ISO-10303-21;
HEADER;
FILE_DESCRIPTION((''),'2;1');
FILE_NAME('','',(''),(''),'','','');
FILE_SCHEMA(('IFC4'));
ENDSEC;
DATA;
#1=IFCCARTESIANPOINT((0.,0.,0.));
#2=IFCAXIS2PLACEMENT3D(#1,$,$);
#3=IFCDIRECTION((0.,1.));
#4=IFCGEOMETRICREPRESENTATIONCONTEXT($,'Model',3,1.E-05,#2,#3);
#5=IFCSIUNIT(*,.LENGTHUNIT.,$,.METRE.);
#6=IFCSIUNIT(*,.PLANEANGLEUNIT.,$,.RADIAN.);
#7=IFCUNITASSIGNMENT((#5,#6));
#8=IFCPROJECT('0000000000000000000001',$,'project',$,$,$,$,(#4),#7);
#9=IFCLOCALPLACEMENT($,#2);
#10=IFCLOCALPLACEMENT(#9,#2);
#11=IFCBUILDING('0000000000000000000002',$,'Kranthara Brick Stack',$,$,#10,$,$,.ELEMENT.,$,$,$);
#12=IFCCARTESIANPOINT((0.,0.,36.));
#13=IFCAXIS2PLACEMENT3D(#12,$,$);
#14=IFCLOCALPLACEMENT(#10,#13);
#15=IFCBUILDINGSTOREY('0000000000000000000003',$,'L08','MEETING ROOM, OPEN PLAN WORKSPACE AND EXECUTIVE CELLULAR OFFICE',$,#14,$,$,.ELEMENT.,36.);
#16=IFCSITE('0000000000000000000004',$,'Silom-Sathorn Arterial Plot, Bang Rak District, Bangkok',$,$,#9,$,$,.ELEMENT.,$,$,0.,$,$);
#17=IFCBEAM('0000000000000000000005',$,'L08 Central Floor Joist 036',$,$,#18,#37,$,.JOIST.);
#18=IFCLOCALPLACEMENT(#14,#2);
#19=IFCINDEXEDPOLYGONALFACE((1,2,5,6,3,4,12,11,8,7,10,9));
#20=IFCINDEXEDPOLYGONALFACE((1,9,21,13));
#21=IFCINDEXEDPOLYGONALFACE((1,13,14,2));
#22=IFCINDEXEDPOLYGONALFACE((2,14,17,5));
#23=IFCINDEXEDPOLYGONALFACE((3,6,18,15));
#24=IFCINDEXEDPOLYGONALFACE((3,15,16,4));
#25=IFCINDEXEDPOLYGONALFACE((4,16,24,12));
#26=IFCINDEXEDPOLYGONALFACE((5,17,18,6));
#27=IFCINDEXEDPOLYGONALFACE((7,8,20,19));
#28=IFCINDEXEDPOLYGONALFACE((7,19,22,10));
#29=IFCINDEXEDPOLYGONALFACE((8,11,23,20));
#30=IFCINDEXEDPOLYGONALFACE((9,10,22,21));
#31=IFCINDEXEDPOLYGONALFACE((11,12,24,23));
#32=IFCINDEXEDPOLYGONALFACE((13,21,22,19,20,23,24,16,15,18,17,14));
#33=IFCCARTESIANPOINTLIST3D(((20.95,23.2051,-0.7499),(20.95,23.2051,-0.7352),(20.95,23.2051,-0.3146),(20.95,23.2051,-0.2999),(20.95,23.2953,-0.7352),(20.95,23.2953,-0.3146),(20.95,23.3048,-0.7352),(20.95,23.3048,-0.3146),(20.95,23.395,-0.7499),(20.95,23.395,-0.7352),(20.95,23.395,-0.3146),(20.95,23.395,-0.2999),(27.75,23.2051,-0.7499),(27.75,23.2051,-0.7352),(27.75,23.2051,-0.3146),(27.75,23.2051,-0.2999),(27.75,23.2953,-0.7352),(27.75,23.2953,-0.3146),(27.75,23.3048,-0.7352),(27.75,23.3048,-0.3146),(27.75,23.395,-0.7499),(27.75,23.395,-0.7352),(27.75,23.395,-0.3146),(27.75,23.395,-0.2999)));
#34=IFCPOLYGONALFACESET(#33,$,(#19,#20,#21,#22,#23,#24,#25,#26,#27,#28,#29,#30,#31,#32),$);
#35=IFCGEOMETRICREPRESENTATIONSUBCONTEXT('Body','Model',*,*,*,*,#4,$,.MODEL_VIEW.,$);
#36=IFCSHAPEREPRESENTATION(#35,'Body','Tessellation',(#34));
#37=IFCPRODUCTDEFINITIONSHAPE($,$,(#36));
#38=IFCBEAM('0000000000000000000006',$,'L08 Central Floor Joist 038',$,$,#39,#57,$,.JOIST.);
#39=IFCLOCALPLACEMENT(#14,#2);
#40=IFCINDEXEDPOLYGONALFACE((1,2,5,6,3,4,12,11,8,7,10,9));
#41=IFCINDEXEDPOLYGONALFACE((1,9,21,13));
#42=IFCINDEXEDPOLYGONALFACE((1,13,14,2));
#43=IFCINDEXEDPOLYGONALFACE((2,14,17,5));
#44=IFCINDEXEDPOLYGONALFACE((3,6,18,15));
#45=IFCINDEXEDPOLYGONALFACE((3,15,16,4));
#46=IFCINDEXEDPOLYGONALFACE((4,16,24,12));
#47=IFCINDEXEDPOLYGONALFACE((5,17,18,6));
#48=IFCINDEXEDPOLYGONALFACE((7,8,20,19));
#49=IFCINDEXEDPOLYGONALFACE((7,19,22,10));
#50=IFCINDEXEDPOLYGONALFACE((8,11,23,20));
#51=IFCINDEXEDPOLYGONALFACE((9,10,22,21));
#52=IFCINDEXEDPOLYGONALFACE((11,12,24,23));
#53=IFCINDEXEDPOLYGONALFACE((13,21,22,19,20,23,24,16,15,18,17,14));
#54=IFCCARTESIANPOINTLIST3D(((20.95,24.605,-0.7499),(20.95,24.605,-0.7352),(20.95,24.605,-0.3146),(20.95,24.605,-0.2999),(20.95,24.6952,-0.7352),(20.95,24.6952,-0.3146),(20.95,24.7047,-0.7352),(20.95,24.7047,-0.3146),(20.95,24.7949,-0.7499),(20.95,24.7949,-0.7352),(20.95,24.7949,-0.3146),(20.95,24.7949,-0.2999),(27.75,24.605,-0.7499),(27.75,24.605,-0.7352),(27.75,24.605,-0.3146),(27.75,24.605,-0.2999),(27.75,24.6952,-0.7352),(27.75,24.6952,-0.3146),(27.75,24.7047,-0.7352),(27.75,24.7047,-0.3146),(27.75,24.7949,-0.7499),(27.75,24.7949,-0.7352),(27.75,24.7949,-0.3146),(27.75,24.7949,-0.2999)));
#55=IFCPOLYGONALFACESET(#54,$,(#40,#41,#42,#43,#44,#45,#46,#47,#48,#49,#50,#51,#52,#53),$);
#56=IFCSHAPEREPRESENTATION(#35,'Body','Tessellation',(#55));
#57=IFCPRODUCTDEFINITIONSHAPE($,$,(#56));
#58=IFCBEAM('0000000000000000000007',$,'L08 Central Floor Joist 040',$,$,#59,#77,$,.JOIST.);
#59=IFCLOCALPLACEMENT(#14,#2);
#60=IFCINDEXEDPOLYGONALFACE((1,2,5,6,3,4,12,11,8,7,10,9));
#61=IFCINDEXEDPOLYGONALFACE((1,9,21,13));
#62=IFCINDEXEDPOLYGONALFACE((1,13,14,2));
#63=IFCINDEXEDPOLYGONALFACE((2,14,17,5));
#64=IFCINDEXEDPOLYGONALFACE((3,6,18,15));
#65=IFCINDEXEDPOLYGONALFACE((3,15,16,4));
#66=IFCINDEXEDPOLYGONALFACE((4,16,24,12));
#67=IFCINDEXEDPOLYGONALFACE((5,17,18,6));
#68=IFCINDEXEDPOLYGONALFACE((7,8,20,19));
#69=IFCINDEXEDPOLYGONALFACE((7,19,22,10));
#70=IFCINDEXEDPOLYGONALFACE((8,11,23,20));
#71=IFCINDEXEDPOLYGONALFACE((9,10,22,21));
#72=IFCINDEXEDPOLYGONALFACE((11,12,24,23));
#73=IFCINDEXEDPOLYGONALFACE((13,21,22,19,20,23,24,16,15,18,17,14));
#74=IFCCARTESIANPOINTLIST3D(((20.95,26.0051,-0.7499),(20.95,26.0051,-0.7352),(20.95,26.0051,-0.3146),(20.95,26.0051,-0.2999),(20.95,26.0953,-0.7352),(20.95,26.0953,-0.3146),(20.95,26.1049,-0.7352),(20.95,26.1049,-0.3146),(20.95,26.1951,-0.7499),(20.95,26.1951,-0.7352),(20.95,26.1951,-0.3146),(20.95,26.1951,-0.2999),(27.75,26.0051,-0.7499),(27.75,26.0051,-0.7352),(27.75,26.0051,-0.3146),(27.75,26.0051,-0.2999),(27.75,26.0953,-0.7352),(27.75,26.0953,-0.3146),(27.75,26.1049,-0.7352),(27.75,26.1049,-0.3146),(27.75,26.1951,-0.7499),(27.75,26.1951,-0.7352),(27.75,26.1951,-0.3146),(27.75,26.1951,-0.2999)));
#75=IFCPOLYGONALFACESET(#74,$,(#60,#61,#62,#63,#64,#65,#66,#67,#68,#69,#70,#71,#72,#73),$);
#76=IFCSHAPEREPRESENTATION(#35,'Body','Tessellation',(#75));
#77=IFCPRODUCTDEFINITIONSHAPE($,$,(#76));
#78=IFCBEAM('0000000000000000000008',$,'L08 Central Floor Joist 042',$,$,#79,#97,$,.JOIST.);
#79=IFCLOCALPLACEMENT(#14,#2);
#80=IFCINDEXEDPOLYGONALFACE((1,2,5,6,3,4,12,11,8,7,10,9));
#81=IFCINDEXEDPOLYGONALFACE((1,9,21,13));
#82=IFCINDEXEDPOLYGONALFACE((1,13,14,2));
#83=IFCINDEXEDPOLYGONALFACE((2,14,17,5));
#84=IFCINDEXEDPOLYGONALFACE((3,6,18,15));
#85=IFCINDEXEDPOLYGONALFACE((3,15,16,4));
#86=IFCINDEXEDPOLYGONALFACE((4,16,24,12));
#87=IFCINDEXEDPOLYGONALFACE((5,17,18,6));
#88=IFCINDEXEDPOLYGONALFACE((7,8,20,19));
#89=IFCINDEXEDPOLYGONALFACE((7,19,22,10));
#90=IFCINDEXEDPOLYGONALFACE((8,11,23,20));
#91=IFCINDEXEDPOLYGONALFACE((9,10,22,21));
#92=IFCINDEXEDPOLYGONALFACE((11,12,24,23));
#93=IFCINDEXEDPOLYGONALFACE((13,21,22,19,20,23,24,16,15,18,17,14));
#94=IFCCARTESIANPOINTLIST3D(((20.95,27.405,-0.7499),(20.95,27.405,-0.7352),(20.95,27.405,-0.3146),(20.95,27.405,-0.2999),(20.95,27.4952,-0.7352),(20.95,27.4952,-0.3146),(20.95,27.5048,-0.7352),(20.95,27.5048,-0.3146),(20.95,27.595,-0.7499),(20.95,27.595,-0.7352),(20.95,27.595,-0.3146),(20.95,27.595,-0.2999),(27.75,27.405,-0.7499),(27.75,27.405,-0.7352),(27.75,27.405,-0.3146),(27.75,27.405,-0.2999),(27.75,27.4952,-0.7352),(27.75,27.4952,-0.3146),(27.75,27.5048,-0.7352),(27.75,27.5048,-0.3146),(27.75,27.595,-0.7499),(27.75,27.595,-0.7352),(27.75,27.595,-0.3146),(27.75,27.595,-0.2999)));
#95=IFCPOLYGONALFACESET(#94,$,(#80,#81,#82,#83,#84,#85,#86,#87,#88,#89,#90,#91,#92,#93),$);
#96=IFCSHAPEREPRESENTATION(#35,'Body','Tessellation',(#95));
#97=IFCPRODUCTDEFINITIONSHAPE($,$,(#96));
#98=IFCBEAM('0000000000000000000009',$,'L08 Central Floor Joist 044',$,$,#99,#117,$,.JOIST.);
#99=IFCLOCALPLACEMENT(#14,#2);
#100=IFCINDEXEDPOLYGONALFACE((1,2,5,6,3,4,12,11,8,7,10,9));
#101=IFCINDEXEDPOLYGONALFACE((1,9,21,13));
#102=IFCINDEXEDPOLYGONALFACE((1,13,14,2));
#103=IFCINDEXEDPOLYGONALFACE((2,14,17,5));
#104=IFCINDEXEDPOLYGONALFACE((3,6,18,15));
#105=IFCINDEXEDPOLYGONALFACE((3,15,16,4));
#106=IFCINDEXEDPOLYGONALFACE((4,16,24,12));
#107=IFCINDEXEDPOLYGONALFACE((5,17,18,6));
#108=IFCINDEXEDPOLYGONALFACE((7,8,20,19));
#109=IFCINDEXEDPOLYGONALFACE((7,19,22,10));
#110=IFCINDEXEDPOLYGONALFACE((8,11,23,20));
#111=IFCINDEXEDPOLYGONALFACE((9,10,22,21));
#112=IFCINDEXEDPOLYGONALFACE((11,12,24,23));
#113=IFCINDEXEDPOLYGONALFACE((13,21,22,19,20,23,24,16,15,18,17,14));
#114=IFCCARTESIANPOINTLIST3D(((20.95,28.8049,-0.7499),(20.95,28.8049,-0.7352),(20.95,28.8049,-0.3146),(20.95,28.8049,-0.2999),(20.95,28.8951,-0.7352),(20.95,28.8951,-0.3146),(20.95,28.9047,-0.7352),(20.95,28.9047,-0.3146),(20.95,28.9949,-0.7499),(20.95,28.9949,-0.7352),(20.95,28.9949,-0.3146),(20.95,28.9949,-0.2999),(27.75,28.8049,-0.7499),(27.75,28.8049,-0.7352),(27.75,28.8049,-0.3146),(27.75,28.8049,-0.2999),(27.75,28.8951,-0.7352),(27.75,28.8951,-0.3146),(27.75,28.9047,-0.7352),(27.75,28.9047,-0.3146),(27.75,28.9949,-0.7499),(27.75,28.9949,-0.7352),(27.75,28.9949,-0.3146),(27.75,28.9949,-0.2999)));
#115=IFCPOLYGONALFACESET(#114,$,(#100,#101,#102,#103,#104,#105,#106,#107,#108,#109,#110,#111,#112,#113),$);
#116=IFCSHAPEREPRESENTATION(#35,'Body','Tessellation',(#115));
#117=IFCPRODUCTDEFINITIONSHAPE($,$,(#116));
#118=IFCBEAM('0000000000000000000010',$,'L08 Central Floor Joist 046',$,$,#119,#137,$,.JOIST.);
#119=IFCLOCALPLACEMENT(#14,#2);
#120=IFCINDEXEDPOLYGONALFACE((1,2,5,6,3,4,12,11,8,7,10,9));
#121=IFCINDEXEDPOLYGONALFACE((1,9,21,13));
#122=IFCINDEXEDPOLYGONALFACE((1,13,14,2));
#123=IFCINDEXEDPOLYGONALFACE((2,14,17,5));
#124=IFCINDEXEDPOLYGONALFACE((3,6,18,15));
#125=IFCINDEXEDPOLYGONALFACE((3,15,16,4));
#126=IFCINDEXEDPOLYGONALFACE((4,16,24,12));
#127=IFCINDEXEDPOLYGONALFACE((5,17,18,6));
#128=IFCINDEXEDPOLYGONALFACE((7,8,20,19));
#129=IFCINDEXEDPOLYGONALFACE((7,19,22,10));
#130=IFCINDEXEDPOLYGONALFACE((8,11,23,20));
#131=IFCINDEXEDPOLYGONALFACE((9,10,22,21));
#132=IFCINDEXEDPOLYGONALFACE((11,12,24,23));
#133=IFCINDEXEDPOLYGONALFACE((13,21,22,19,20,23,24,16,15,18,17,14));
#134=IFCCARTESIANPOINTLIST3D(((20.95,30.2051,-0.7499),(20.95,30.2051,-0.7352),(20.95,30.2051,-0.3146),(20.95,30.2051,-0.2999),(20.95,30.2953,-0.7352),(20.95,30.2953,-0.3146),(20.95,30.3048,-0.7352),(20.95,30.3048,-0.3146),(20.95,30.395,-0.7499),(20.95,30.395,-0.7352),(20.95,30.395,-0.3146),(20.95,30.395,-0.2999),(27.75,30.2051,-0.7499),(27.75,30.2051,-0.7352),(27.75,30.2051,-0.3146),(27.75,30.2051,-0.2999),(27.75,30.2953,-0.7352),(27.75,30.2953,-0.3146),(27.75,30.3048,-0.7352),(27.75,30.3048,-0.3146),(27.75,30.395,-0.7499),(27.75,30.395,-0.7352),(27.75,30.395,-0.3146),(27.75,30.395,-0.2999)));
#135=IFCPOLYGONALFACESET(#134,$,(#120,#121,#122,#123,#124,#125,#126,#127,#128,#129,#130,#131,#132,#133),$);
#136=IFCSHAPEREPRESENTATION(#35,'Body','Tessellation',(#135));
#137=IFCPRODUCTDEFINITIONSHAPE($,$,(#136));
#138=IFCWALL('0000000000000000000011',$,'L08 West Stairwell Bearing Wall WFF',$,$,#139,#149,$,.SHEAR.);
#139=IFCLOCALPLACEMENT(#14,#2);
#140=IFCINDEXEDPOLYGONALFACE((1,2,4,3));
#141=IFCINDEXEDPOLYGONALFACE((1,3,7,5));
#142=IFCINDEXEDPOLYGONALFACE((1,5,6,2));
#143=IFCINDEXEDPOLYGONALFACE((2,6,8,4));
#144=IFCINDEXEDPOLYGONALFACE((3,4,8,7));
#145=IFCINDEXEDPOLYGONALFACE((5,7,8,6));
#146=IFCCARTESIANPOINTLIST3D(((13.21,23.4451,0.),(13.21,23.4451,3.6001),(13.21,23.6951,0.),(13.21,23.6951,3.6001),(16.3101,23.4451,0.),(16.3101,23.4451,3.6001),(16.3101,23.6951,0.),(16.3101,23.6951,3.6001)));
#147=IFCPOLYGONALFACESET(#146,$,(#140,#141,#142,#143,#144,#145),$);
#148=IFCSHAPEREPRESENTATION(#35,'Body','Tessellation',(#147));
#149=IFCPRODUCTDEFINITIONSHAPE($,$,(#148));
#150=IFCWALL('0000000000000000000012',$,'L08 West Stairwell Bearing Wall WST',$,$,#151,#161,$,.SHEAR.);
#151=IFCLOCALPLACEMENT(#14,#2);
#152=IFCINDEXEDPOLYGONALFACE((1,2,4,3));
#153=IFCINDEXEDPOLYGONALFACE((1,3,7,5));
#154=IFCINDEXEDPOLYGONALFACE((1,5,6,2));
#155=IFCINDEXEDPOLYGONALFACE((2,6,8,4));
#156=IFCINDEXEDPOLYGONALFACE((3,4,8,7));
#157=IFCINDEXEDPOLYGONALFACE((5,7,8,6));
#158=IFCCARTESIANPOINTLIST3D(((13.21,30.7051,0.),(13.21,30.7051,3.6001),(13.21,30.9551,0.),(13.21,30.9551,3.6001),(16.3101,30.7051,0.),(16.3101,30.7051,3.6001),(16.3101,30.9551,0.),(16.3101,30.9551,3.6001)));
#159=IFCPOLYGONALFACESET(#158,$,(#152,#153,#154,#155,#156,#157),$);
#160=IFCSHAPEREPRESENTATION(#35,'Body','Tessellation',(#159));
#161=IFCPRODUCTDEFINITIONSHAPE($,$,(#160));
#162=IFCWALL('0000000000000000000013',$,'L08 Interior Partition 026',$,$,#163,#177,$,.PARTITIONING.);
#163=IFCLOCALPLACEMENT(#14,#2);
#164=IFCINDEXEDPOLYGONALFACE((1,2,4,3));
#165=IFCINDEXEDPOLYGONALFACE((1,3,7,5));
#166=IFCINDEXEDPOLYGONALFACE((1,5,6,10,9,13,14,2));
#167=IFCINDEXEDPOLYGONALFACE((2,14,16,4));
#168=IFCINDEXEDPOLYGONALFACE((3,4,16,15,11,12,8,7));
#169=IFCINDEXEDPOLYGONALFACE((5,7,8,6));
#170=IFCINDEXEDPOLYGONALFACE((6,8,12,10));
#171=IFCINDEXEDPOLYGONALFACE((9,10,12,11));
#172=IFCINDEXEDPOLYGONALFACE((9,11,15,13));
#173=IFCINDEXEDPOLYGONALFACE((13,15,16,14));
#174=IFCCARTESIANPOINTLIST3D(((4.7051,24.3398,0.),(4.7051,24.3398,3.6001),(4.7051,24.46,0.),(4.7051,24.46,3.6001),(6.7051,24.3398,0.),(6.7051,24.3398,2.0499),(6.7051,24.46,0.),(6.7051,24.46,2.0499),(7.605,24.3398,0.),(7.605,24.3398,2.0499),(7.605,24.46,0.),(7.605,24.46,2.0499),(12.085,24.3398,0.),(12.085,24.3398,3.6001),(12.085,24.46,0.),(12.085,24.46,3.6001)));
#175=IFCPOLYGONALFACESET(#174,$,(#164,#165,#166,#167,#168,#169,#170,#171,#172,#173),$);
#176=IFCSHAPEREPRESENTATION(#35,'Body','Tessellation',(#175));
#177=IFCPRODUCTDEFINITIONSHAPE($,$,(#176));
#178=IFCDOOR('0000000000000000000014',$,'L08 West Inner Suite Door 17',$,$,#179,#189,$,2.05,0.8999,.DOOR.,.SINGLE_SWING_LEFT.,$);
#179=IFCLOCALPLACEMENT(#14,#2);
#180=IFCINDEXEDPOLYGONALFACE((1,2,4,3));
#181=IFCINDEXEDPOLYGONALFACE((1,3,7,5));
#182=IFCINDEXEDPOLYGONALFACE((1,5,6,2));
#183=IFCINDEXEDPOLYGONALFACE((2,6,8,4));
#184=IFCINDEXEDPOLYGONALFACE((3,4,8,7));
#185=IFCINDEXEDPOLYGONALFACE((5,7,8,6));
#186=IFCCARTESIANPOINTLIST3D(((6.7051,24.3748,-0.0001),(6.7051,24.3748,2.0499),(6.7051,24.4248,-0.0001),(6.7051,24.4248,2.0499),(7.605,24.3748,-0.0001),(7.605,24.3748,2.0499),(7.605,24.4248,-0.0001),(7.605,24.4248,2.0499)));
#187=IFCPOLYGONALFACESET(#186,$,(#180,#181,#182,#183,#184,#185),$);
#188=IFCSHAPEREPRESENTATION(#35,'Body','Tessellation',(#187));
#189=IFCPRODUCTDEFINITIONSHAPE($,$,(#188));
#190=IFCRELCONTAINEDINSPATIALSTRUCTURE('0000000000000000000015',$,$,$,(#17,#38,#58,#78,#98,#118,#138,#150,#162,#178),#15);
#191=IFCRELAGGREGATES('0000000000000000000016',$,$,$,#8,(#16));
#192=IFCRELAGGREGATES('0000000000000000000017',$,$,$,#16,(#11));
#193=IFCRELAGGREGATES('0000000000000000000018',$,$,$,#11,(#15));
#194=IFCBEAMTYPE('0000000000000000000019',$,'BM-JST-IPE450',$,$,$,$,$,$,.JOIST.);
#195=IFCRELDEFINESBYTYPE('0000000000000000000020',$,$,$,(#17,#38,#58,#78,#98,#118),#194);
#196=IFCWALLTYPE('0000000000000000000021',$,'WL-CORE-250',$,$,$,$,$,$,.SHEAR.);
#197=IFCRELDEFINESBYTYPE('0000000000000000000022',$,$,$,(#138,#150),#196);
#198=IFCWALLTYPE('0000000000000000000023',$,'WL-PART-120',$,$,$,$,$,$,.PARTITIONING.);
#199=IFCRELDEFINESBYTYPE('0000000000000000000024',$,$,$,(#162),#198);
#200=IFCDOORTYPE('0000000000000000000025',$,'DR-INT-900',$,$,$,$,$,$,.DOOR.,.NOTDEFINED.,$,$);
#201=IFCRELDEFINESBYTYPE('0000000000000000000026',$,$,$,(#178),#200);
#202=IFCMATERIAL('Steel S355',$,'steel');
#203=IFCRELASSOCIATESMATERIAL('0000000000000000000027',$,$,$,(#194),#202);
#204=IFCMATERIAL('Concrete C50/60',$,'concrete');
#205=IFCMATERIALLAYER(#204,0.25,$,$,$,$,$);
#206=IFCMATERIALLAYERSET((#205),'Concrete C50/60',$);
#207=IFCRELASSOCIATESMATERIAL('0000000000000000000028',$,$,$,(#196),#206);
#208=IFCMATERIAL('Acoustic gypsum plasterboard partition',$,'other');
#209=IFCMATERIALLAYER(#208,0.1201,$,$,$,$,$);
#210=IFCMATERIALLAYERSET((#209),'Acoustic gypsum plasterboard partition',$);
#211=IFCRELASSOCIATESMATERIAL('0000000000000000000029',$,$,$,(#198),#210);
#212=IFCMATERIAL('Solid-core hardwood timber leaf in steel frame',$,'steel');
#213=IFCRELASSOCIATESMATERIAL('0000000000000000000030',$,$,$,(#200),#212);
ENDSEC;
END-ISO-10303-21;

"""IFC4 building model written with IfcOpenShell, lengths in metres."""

from ifc_helpers import new_model, si_unit, direction, frame, frame_2d, origin, origin_2d, place, context, subcontext, project, spatial, rectangle, i_section, extrude, material, layer, layer_set, material_profile, profile_set, type_object, element, fill, save


model = new_model("IFC4")

# Units and contexts
model_context = context("Model", 3, precision=1e-05, world=origin(), true_north=direction((0.0, 1.0)))
body_context = subcontext(model_context, "Body", "Model", "MODEL_VIEW")
ifc_project = project(units=[si_unit("LENGTHUNIT", "METRE"), si_unit("PLANEANGLEUNIT", "RADIAN")], contexts=[model_context])

# Site, building, storey
site_placement = place(None, origin())
site = spatial("IfcSite", under=ifc_project, at=site_placement, Name="Silom-Sathorn Arterial Plot, Bang Rak District, Bangkok", CompositionType="ELEMENT", RefElevation=0.0)
building_placement = place(site_placement, origin())
building = spatial("IfcBuilding", under=site, at=building_placement, Name="Kranthara Brick Stack", CompositionType="ELEMENT")
storey_placement = place(building_placement, frame((0.0, 0.0, 36.0)))
storey = spatial("IfcBuildingStorey", under=building, at=storey_placement, Name="L08", Description="MEETING ROOM, OPEN PLAN WORKSPACE AND EXECUTIVE CELLULAR OFFICE", CompositionType="ELEMENT", Elevation=36.0)

# Beams
ifc_material_1 = material(Name="Steel S355", Category="steel")
ifc_material_profile = material_profile(ifc_material_1, i_section(OverallWidth=0.1899, OverallDepth=0.45, WebThickness=0.0095, FlangeThickness=0.0146, at=origin_2d()), Name="IPE 450")
ifc_profile_set = profile_set([ifc_material_profile], Name="Steel S355")
beam_type = type_object("IfcBeamType", Name="BM-JST-IPE450", PredefinedType="JOIST", material=ifc_profile_set)
for number, where, z_axis, x_axis, name in (
    (1, (20.95, 23.3, -0.5249), (1.0, 0.0, 0.0), (0.0, 1.0, 0.0), "L08 Central Floor Joist 036"),
    (2, (20.95, 24.7, -0.5249), (1.0, 0.0, 0.0), (0.0, 1.0, 0.0), "L08 Central Floor Joist 038"),
    (3, (20.95, 26.1001, -0.5249), (1.0, 0.0, 0.0), (0.0, 1.0, 0.0), "L08 Central Floor Joist 040"),
    (4, (20.95, 27.5, -0.5249), (1.0, 0.0, 0.0), (0.0, 1.0, 0.0), "L08 Central Floor Joist 042"),
    (5, (20.95, 28.8999, -0.5249), (1.0, 0.0, 0.0), (0.0, 1.0, 0.0), "L08 Central Floor Joist 044"),
    (6, (20.95, 30.3, -0.5249), (1.0, 0.0, 0.0), (0.0, 1.0, 0.0), "L08 Central Floor Joist 046"),
):
    element("IfcBeam", number, at=place(storey_placement, frame(where, z_axis=z_axis, x_axis=x_axis)), inside=storey, type_object=beam_type, Name=name, PredefinedType="JOIST", context=body_context, shape_type="SweptSolid", body=[
        extrude(i_section(OverallWidth=0.1899, OverallDepth=0.45, WebThickness=0.0095, FlangeThickness=0.0146, at=origin_2d()), origin(), (0.0, 0.0, 1.0), 6.8),
    ])

# Walls
ifc_material_2 = material(Name="Concrete C50/60", Category="concrete")
ifc_layer_1 = layer(ifc_material_2, 0.25)
ifc_layer_set_1 = layer_set([ifc_layer_1], Name="Concrete C50/60")
wall_type_1 = type_object("IfcWallType", Name="WL-CORE-250", PredefinedType="SHEAR", material=ifc_layer_set_1)
for number, where, z_axis, x_axis, name in (
    (7, (13.21, 23.5701, 0.0), (0.0, 0.0, 1.0), (1.0, 0.0, 0.0), "L08 West Stairwell Bearing Wall WFF"),
    (8, (13.21, 30.8301, 0.0), (0.0, 0.0, 1.0), (1.0, 0.0, 0.0), "L08 West Stairwell Bearing Wall WST"),
):
    element("IfcWall", number, at=place(storey_placement, frame(where, z_axis=z_axis, x_axis=x_axis)), inside=storey, type_object=wall_type_1, Name=name, PredefinedType="SHEAR", context=body_context, shape_type="SweptSolid", body=[
        extrude(rectangle(XDim=3.1001, YDim=0.25, at=frame_2d((1.55, 0.0))), origin(), (0.0, 0.0, 1.0), 3.6001),
    ])

# Wall, opening, door
ifc_material_3 = material(Name="Acoustic gypsum plasterboard partition", Category="other")
ifc_layer_2 = layer(ifc_material_3, 0.1201)
ifc_layer_set_2 = layer_set([ifc_layer_2], Name="Acoustic gypsum plasterboard partition")
wall_type_2 = type_object("IfcWallType", Name="WL-PART-120", PredefinedType="PARTITIONING", material=ifc_layer_set_2)
wall_1_placement = place(storey_placement, frame((4.7051, 24.3999, 0.0), z_axis=(0.0, 0.0, 1.0), x_axis=(1.0, 0.0, 0.0)))
wall_1 = element("IfcWall", 9, at=wall_1_placement, inside=storey, type_object=wall_type_2, Name="L08 Interior Partition 026", PredefinedType="PARTITIONING", context=body_context, shape_type="SweptSolid", body=[
    extrude(rectangle(XDim=7.3799, YDim=0.1201, at=frame_2d((3.6899, 0.0))), origin(), (0.0, 0.0, 1.0), 3.6001),
])
opening_1_placement = place(wall_1_placement, frame((2.0, 0.0, 0.0)))
opening_1 = element("IfcOpeningElement", 10, at=opening_1_placement, cuts=wall_1, PredefinedType="OPENING", context=body_context, shape_type="SweptSolid", body=[
    extrude(rectangle(XDim=0.8999, YDim=2.05, at=frame_2d((0.45, 1.0249))), frame((0.0, 0.0701, 0.0), z_axis=(0.0, -1.0, 0.0), x_axis=(1.0, 0.0, 0.0)), (0.0, 0.0, 1.0), 0.1401),
])
ifc_material_4 = material(Name="Solid-core hardwood timber leaf in steel frame", Category="steel")
door_type_1 = type_object("IfcDoorType", Name="DR-INT-900", OperationType="NOTDEFINED", PredefinedType="DOOR", material=ifc_material_4)
door_1_placement = place(opening_1_placement, origin())
door_1 = element("IfcDoor", 11, at=door_1_placement, inside=storey, type_object=door_type_1, Name="L08 West Inner Suite Door 17", OperationType="SINGLE_SWING_LEFT", OverallHeight=2.05, OverallWidth=0.8999, PredefinedType="DOOR", context=body_context, shape_type="SweptSolid", body=[
    extrude(rectangle(XDim=0.8999, YDim=2.05, at=frame_2d((0.45, 1.0249))), frame((0.0, 0.0249, 0.0), z_axis=(0.0, -1.0, 0.0), x_axis=(1.0, 0.0, 0.0)), (0.0, 0.0, 1.0), 0.05),
])
fill(opening_1, door_1)

save(model, "model.ifc")
